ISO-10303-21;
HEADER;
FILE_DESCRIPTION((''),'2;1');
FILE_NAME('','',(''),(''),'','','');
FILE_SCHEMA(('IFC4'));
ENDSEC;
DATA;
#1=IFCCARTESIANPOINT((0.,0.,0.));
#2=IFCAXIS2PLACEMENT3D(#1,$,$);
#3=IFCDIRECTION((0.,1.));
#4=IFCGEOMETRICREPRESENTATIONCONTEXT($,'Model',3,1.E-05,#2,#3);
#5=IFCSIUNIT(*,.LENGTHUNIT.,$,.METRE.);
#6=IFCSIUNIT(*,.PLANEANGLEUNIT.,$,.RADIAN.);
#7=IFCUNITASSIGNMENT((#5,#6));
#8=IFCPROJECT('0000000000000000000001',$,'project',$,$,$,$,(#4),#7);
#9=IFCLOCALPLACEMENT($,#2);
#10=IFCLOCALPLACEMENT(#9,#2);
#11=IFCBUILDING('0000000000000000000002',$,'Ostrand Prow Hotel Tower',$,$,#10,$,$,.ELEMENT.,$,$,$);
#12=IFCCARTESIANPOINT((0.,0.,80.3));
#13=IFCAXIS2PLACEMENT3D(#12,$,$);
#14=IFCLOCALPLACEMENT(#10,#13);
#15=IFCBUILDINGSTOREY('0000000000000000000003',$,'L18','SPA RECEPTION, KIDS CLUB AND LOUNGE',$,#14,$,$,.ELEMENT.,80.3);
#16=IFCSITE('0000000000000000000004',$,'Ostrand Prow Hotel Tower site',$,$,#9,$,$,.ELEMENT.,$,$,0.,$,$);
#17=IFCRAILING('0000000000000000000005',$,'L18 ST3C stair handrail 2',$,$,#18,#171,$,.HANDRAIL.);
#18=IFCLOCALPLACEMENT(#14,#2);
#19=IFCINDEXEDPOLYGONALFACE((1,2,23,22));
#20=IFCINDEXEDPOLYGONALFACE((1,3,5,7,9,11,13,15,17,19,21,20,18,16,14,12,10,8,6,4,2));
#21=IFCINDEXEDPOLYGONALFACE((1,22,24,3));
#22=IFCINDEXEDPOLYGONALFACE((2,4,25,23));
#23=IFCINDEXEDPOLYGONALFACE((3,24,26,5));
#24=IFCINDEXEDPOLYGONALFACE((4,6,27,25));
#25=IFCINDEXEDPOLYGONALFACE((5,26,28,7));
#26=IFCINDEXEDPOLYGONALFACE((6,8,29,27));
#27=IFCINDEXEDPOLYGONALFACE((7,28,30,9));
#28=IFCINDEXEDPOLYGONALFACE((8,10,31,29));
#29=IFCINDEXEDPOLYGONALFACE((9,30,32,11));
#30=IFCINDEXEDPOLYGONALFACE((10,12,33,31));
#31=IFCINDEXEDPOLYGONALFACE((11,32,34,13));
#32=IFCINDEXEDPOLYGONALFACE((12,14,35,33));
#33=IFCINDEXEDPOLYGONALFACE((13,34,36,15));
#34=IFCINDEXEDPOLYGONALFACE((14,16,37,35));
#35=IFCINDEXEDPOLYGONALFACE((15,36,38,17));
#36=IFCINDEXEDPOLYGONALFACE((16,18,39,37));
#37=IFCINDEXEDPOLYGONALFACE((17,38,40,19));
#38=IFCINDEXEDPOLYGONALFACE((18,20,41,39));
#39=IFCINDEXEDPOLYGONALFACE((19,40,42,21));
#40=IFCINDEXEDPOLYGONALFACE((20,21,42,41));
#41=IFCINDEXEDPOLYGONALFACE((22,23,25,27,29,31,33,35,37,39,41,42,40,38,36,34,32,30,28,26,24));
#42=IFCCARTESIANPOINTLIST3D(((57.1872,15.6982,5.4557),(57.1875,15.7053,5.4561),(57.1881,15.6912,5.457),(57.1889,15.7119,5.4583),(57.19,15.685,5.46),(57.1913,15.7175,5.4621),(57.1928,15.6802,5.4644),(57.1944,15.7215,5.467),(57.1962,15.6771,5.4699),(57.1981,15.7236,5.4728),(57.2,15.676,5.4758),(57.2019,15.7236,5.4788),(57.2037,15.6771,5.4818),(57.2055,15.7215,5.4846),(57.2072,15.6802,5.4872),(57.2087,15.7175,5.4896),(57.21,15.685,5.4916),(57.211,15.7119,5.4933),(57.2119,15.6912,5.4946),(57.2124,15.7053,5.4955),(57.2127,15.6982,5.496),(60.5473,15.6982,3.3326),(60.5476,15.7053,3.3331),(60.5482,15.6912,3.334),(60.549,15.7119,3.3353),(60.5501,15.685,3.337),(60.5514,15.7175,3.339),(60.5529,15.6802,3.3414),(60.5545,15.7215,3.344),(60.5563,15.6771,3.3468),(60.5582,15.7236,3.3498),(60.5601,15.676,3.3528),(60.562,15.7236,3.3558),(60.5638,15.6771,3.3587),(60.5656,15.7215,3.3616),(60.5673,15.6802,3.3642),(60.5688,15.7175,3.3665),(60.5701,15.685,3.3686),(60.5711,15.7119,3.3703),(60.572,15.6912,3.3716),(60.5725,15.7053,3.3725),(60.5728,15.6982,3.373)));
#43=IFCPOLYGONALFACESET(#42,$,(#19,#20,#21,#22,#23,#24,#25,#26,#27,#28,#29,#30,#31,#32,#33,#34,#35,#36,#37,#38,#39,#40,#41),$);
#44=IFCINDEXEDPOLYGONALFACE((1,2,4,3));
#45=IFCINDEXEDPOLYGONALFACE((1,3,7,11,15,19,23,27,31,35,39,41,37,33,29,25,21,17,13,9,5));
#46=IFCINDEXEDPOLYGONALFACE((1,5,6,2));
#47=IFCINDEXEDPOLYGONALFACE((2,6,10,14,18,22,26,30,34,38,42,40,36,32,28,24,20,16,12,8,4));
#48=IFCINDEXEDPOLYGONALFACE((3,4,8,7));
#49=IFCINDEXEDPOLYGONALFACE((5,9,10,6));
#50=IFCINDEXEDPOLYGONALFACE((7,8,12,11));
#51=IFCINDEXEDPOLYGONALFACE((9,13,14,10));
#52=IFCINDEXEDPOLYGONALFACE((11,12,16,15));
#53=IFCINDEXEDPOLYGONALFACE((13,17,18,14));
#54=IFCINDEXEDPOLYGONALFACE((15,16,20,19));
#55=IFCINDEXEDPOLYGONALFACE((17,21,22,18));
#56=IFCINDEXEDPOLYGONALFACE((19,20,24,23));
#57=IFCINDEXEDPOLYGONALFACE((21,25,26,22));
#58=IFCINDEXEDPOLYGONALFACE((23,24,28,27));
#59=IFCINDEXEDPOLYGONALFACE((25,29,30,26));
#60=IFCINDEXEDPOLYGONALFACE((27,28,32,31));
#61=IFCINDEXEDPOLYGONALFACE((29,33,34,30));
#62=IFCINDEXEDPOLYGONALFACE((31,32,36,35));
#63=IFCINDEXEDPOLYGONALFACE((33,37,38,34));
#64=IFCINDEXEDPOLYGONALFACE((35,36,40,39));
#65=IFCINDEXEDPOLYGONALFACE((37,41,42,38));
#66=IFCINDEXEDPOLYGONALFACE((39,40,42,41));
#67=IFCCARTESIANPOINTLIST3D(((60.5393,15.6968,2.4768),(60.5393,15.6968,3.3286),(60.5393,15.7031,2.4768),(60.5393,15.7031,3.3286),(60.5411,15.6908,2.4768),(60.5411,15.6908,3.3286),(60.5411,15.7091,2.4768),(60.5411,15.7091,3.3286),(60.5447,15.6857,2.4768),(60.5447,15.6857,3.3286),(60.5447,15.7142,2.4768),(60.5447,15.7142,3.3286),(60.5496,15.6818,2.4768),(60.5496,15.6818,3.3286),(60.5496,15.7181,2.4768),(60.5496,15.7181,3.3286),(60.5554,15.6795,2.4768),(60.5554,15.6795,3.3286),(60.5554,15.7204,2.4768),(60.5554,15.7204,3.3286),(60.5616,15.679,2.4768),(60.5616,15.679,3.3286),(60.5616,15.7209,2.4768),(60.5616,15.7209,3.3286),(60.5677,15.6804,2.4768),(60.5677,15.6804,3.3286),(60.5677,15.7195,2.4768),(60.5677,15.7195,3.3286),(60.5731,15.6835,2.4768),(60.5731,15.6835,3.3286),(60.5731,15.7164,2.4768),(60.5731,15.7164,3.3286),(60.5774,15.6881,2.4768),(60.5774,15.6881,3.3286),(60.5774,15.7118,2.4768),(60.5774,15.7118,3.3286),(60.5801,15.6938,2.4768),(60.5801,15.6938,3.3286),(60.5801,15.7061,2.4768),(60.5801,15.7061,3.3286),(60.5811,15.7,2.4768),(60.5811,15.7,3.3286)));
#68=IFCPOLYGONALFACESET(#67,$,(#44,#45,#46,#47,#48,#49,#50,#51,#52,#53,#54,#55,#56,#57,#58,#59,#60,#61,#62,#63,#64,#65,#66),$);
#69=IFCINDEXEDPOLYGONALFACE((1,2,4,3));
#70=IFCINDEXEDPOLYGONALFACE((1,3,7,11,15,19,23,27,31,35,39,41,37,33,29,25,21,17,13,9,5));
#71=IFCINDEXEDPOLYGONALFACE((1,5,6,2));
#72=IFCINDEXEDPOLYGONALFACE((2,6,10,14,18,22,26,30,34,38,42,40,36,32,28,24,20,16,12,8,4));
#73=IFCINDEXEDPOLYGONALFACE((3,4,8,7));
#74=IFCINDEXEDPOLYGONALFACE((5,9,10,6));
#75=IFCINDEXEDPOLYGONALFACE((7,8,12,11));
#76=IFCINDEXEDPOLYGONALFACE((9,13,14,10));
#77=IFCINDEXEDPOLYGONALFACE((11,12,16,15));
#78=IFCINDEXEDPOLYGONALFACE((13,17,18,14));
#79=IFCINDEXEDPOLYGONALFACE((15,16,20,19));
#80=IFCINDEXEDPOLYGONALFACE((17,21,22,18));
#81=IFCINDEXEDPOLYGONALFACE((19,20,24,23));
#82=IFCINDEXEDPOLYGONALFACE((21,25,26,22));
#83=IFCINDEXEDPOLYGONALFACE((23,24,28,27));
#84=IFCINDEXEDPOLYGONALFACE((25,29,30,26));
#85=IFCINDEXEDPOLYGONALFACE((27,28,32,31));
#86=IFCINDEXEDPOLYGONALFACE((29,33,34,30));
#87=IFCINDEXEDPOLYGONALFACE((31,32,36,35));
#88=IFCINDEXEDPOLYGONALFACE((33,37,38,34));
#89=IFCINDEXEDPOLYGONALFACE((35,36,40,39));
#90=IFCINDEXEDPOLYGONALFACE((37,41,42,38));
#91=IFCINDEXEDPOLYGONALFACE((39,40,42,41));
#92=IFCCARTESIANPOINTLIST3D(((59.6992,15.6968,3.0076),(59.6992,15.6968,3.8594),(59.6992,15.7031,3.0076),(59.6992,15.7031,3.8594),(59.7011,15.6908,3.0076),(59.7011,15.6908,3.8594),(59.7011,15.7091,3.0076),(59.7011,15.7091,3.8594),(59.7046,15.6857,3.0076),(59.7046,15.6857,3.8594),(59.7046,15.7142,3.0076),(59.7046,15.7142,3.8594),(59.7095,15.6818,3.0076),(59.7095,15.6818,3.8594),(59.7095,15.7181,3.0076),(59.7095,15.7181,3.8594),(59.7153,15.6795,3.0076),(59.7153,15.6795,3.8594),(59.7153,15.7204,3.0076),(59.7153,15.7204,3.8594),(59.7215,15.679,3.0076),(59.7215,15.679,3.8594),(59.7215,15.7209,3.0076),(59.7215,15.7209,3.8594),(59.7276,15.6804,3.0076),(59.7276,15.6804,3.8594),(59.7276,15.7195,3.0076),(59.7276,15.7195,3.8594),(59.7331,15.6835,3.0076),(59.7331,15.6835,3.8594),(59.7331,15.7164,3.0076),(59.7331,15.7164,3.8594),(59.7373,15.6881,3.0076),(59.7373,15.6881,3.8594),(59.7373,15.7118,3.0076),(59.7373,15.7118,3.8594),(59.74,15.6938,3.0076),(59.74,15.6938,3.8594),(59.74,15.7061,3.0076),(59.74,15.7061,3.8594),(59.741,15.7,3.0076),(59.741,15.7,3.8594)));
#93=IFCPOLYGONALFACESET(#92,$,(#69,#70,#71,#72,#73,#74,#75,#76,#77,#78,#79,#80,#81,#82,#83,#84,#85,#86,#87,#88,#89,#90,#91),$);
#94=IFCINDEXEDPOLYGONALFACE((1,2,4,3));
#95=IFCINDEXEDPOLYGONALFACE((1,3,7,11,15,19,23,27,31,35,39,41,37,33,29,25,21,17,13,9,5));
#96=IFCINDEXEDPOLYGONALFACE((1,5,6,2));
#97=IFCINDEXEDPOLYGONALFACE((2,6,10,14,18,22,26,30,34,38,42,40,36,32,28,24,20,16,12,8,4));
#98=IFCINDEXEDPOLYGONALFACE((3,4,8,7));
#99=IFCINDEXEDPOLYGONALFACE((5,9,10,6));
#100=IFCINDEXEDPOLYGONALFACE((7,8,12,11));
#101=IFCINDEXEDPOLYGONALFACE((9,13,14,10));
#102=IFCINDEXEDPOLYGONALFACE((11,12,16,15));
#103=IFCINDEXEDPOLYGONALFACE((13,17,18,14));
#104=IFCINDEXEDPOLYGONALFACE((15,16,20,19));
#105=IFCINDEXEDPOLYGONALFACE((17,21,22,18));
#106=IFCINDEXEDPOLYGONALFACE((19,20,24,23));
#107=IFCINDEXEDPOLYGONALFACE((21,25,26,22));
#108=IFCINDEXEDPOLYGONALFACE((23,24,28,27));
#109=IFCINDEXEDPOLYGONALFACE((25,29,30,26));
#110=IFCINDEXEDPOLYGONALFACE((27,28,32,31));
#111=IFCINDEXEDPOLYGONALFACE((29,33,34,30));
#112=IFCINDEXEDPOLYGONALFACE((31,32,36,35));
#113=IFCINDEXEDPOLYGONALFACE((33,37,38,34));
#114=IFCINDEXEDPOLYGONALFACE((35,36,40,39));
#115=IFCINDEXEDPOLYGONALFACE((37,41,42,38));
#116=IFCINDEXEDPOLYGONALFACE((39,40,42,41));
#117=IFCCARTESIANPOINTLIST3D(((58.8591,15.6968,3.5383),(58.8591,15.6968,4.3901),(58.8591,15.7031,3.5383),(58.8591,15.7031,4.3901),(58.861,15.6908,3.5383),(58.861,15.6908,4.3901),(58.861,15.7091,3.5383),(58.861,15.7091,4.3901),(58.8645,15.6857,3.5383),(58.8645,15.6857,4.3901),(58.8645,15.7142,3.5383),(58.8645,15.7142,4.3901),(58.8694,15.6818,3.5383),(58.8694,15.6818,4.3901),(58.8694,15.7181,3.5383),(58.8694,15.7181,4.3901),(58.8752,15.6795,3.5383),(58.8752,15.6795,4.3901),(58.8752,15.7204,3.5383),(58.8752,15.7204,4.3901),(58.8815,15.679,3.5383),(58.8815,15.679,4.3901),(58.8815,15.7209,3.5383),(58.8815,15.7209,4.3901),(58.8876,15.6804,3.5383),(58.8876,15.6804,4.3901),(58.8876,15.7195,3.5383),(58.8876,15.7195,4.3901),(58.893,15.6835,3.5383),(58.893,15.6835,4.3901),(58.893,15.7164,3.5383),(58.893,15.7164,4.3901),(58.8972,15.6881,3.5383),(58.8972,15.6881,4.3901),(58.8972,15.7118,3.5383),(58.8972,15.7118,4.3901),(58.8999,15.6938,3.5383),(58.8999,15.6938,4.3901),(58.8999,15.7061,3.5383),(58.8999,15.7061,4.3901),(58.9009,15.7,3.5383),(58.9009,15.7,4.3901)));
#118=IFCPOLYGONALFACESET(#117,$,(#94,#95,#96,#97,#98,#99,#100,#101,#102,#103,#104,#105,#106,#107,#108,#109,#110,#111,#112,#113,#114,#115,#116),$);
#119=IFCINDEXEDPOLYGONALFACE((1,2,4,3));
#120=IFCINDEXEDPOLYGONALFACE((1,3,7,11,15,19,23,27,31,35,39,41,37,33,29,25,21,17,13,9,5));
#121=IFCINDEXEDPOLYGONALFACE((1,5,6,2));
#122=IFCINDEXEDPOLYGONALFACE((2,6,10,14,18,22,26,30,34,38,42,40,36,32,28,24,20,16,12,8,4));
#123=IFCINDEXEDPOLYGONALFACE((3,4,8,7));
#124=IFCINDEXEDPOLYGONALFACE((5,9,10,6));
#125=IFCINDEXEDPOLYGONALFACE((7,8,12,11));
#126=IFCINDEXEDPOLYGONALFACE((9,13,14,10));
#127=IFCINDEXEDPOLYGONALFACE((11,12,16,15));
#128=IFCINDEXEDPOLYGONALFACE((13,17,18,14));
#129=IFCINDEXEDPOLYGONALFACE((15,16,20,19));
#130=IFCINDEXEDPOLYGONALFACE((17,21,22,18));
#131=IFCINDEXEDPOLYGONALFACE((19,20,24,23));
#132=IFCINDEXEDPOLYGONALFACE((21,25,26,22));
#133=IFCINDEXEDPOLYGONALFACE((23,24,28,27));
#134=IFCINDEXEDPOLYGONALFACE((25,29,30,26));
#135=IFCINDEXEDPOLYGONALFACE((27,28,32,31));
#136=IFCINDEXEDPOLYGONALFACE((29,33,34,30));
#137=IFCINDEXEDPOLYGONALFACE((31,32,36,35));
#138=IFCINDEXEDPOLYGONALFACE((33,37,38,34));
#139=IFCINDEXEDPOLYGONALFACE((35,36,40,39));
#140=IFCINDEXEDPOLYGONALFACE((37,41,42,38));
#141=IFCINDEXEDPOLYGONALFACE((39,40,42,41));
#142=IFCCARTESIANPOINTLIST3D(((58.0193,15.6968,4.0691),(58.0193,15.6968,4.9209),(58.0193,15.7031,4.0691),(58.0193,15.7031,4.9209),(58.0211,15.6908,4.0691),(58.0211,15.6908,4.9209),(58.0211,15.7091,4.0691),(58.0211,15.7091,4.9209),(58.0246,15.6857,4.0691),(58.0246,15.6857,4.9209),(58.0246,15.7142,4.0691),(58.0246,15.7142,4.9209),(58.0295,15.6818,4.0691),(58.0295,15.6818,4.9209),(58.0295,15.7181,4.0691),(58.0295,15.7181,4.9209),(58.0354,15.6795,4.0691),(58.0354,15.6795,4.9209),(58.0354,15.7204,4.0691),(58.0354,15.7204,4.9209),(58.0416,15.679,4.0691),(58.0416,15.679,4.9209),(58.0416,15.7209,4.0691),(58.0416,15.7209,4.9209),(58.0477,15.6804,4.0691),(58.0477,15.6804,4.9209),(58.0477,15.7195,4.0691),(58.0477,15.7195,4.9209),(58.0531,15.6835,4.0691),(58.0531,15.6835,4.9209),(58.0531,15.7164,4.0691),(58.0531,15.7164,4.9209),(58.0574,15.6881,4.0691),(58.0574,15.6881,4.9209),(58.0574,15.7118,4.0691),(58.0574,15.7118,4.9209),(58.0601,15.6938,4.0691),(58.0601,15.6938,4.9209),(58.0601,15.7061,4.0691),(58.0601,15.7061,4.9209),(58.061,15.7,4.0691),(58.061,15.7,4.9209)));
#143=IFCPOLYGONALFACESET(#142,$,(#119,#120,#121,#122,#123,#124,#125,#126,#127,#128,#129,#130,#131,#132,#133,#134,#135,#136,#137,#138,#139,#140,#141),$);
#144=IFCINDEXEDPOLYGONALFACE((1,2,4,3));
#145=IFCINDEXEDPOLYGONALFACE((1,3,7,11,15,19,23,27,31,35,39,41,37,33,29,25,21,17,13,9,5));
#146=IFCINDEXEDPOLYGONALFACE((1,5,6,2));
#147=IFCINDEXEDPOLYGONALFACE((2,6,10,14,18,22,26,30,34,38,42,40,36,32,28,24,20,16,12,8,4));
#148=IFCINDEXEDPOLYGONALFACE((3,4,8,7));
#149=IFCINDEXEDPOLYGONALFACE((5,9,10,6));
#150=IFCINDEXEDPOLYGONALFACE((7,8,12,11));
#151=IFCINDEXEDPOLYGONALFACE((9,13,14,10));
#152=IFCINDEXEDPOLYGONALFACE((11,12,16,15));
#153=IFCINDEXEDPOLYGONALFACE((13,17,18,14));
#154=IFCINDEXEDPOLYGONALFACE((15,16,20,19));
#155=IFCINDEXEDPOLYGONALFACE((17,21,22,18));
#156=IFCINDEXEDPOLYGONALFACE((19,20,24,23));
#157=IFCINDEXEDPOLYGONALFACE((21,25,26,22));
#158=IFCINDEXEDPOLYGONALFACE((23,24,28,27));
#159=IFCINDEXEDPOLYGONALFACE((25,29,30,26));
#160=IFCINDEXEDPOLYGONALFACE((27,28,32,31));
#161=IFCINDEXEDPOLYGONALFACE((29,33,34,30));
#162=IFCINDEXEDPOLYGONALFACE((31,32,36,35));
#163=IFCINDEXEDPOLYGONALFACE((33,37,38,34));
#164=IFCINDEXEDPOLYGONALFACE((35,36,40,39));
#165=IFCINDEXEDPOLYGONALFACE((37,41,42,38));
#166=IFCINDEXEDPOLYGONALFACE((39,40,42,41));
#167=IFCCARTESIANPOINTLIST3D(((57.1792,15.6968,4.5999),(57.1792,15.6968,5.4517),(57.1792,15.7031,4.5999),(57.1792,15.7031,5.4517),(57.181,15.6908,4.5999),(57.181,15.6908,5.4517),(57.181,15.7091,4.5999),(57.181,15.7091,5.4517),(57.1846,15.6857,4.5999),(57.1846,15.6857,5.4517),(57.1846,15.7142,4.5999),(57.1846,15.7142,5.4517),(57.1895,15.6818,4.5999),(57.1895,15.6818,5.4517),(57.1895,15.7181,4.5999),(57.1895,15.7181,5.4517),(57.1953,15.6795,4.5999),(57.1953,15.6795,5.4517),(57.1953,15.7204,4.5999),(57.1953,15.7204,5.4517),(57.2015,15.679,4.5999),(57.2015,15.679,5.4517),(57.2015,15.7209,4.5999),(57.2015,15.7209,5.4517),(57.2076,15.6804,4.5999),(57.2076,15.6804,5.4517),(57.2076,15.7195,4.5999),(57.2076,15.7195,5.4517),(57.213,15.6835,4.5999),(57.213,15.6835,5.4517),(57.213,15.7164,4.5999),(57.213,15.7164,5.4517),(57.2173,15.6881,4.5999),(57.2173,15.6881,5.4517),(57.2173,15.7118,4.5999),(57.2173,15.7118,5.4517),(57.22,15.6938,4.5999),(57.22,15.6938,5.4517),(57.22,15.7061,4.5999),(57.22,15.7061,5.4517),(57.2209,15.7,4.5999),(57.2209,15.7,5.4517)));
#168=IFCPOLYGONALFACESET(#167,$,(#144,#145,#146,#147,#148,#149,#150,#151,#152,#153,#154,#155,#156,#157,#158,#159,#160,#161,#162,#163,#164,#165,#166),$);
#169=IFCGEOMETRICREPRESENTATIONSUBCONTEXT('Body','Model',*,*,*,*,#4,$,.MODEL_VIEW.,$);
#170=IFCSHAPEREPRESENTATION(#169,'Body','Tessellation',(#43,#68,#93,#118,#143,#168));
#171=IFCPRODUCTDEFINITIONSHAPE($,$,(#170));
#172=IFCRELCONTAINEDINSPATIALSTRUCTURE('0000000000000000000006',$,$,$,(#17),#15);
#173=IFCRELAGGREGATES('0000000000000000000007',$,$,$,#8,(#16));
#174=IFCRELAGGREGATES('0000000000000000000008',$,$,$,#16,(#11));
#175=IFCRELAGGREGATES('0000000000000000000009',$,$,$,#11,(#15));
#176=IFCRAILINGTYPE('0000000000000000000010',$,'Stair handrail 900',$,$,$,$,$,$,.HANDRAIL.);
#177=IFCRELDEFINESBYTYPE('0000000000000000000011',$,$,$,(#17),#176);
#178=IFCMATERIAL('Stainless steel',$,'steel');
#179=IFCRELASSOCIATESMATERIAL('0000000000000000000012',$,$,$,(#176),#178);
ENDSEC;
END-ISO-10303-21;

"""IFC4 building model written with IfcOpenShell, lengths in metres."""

from ifc_helpers import new_model, si_unit, direction, frame, origin, origin_2d, place, context, subcontext, project, spatial, circle, extrude, material, type_object, element, save


model = new_model("IFC4")

# Units and contexts
model_context = context("Model", 3, precision=1e-05, world=origin(), true_north=direction((0.0, 1.0)))
body_context = subcontext(model_context, "Body", "Model", "MODEL_VIEW")
ifc_project = project(units=[si_unit("LENGTHUNIT", "METRE"), si_unit("PLANEANGLEUNIT", "RADIAN")], contexts=[model_context])

# Site, building, storey
site_placement = place(None, origin())
site = spatial("IfcSite", under=ifc_project, at=site_placement, Name="Ostrand Prow Hotel Tower site", CompositionType="ELEMENT", RefElevation=0.0)
building_placement = place(site_placement, origin())
building = spatial("IfcBuilding", under=site, at=building_placement, Name="Ostrand Prow Hotel Tower", CompositionType="ELEMENT")
storey_placement = place(building_placement, frame((0.0, 0.0, 80.3)))
storey = spatial("IfcBuildingStorey", under=building, at=storey_placement, Name="L18", Description="SPA RECEPTION, KIDS CLUB AND LOUNGE", CompositionType="ELEMENT", Elevation=80.3)

# Railing
ifc_material_1 = material(Name="Stainless steel", Category="steel")
railing_type_1 = type_object("IfcRailingType", Name="Stair handrail 900", PredefinedType="HANDRAIL", material=ifc_material_1)
railing_1_placement = place(storey_placement, frame((60.5601, 15.7, 2.4768)))
element("IfcRailing", 1, at=railing_1_placement, inside=storey, type_object=railing_type_1, Name="L18 ST3C stair handrail 2", PredefinedType="HANDRAIL", context=body_context, shape_type="SweptSolid", body=[
    extrude(circle(Radius=0.0239, at=origin_2d()), frame((0.0, 0.0, 0.876), z_axis=(-0.84539, 0.0, 0.53415), x_axis=(0.0, -1.0, 0.0)), (0.0, 0.0, 1.0), 3.9746),
    extrude(circle(Radius=0.021, at=origin_2d()), origin(), (0.0, 0.0, 1.0), 0.8518),
    extrude(circle(Radius=0.021, at=origin_2d()), frame((-0.8401, 0.0, 0.5308)), (0.0, 0.0, 1.0), 0.8518),
    extrude(circle(Radius=0.021, at=origin_2d()), frame((-1.6802, 0.0, 1.0615)), (0.0, 0.0, 1.0), 0.8518),
    extrude(circle(Radius=0.021, at=origin_2d()), frame((-2.52, 0.0, 1.5923)), (0.0, 0.0, 1.0), 0.8518),
    extrude(circle(Radius=0.021, at=origin_2d()), frame((-3.3601, 0.0, 2.123)), (0.0, 0.0, 1.0), 0.8518),
])

save(model, "model.ifc")
